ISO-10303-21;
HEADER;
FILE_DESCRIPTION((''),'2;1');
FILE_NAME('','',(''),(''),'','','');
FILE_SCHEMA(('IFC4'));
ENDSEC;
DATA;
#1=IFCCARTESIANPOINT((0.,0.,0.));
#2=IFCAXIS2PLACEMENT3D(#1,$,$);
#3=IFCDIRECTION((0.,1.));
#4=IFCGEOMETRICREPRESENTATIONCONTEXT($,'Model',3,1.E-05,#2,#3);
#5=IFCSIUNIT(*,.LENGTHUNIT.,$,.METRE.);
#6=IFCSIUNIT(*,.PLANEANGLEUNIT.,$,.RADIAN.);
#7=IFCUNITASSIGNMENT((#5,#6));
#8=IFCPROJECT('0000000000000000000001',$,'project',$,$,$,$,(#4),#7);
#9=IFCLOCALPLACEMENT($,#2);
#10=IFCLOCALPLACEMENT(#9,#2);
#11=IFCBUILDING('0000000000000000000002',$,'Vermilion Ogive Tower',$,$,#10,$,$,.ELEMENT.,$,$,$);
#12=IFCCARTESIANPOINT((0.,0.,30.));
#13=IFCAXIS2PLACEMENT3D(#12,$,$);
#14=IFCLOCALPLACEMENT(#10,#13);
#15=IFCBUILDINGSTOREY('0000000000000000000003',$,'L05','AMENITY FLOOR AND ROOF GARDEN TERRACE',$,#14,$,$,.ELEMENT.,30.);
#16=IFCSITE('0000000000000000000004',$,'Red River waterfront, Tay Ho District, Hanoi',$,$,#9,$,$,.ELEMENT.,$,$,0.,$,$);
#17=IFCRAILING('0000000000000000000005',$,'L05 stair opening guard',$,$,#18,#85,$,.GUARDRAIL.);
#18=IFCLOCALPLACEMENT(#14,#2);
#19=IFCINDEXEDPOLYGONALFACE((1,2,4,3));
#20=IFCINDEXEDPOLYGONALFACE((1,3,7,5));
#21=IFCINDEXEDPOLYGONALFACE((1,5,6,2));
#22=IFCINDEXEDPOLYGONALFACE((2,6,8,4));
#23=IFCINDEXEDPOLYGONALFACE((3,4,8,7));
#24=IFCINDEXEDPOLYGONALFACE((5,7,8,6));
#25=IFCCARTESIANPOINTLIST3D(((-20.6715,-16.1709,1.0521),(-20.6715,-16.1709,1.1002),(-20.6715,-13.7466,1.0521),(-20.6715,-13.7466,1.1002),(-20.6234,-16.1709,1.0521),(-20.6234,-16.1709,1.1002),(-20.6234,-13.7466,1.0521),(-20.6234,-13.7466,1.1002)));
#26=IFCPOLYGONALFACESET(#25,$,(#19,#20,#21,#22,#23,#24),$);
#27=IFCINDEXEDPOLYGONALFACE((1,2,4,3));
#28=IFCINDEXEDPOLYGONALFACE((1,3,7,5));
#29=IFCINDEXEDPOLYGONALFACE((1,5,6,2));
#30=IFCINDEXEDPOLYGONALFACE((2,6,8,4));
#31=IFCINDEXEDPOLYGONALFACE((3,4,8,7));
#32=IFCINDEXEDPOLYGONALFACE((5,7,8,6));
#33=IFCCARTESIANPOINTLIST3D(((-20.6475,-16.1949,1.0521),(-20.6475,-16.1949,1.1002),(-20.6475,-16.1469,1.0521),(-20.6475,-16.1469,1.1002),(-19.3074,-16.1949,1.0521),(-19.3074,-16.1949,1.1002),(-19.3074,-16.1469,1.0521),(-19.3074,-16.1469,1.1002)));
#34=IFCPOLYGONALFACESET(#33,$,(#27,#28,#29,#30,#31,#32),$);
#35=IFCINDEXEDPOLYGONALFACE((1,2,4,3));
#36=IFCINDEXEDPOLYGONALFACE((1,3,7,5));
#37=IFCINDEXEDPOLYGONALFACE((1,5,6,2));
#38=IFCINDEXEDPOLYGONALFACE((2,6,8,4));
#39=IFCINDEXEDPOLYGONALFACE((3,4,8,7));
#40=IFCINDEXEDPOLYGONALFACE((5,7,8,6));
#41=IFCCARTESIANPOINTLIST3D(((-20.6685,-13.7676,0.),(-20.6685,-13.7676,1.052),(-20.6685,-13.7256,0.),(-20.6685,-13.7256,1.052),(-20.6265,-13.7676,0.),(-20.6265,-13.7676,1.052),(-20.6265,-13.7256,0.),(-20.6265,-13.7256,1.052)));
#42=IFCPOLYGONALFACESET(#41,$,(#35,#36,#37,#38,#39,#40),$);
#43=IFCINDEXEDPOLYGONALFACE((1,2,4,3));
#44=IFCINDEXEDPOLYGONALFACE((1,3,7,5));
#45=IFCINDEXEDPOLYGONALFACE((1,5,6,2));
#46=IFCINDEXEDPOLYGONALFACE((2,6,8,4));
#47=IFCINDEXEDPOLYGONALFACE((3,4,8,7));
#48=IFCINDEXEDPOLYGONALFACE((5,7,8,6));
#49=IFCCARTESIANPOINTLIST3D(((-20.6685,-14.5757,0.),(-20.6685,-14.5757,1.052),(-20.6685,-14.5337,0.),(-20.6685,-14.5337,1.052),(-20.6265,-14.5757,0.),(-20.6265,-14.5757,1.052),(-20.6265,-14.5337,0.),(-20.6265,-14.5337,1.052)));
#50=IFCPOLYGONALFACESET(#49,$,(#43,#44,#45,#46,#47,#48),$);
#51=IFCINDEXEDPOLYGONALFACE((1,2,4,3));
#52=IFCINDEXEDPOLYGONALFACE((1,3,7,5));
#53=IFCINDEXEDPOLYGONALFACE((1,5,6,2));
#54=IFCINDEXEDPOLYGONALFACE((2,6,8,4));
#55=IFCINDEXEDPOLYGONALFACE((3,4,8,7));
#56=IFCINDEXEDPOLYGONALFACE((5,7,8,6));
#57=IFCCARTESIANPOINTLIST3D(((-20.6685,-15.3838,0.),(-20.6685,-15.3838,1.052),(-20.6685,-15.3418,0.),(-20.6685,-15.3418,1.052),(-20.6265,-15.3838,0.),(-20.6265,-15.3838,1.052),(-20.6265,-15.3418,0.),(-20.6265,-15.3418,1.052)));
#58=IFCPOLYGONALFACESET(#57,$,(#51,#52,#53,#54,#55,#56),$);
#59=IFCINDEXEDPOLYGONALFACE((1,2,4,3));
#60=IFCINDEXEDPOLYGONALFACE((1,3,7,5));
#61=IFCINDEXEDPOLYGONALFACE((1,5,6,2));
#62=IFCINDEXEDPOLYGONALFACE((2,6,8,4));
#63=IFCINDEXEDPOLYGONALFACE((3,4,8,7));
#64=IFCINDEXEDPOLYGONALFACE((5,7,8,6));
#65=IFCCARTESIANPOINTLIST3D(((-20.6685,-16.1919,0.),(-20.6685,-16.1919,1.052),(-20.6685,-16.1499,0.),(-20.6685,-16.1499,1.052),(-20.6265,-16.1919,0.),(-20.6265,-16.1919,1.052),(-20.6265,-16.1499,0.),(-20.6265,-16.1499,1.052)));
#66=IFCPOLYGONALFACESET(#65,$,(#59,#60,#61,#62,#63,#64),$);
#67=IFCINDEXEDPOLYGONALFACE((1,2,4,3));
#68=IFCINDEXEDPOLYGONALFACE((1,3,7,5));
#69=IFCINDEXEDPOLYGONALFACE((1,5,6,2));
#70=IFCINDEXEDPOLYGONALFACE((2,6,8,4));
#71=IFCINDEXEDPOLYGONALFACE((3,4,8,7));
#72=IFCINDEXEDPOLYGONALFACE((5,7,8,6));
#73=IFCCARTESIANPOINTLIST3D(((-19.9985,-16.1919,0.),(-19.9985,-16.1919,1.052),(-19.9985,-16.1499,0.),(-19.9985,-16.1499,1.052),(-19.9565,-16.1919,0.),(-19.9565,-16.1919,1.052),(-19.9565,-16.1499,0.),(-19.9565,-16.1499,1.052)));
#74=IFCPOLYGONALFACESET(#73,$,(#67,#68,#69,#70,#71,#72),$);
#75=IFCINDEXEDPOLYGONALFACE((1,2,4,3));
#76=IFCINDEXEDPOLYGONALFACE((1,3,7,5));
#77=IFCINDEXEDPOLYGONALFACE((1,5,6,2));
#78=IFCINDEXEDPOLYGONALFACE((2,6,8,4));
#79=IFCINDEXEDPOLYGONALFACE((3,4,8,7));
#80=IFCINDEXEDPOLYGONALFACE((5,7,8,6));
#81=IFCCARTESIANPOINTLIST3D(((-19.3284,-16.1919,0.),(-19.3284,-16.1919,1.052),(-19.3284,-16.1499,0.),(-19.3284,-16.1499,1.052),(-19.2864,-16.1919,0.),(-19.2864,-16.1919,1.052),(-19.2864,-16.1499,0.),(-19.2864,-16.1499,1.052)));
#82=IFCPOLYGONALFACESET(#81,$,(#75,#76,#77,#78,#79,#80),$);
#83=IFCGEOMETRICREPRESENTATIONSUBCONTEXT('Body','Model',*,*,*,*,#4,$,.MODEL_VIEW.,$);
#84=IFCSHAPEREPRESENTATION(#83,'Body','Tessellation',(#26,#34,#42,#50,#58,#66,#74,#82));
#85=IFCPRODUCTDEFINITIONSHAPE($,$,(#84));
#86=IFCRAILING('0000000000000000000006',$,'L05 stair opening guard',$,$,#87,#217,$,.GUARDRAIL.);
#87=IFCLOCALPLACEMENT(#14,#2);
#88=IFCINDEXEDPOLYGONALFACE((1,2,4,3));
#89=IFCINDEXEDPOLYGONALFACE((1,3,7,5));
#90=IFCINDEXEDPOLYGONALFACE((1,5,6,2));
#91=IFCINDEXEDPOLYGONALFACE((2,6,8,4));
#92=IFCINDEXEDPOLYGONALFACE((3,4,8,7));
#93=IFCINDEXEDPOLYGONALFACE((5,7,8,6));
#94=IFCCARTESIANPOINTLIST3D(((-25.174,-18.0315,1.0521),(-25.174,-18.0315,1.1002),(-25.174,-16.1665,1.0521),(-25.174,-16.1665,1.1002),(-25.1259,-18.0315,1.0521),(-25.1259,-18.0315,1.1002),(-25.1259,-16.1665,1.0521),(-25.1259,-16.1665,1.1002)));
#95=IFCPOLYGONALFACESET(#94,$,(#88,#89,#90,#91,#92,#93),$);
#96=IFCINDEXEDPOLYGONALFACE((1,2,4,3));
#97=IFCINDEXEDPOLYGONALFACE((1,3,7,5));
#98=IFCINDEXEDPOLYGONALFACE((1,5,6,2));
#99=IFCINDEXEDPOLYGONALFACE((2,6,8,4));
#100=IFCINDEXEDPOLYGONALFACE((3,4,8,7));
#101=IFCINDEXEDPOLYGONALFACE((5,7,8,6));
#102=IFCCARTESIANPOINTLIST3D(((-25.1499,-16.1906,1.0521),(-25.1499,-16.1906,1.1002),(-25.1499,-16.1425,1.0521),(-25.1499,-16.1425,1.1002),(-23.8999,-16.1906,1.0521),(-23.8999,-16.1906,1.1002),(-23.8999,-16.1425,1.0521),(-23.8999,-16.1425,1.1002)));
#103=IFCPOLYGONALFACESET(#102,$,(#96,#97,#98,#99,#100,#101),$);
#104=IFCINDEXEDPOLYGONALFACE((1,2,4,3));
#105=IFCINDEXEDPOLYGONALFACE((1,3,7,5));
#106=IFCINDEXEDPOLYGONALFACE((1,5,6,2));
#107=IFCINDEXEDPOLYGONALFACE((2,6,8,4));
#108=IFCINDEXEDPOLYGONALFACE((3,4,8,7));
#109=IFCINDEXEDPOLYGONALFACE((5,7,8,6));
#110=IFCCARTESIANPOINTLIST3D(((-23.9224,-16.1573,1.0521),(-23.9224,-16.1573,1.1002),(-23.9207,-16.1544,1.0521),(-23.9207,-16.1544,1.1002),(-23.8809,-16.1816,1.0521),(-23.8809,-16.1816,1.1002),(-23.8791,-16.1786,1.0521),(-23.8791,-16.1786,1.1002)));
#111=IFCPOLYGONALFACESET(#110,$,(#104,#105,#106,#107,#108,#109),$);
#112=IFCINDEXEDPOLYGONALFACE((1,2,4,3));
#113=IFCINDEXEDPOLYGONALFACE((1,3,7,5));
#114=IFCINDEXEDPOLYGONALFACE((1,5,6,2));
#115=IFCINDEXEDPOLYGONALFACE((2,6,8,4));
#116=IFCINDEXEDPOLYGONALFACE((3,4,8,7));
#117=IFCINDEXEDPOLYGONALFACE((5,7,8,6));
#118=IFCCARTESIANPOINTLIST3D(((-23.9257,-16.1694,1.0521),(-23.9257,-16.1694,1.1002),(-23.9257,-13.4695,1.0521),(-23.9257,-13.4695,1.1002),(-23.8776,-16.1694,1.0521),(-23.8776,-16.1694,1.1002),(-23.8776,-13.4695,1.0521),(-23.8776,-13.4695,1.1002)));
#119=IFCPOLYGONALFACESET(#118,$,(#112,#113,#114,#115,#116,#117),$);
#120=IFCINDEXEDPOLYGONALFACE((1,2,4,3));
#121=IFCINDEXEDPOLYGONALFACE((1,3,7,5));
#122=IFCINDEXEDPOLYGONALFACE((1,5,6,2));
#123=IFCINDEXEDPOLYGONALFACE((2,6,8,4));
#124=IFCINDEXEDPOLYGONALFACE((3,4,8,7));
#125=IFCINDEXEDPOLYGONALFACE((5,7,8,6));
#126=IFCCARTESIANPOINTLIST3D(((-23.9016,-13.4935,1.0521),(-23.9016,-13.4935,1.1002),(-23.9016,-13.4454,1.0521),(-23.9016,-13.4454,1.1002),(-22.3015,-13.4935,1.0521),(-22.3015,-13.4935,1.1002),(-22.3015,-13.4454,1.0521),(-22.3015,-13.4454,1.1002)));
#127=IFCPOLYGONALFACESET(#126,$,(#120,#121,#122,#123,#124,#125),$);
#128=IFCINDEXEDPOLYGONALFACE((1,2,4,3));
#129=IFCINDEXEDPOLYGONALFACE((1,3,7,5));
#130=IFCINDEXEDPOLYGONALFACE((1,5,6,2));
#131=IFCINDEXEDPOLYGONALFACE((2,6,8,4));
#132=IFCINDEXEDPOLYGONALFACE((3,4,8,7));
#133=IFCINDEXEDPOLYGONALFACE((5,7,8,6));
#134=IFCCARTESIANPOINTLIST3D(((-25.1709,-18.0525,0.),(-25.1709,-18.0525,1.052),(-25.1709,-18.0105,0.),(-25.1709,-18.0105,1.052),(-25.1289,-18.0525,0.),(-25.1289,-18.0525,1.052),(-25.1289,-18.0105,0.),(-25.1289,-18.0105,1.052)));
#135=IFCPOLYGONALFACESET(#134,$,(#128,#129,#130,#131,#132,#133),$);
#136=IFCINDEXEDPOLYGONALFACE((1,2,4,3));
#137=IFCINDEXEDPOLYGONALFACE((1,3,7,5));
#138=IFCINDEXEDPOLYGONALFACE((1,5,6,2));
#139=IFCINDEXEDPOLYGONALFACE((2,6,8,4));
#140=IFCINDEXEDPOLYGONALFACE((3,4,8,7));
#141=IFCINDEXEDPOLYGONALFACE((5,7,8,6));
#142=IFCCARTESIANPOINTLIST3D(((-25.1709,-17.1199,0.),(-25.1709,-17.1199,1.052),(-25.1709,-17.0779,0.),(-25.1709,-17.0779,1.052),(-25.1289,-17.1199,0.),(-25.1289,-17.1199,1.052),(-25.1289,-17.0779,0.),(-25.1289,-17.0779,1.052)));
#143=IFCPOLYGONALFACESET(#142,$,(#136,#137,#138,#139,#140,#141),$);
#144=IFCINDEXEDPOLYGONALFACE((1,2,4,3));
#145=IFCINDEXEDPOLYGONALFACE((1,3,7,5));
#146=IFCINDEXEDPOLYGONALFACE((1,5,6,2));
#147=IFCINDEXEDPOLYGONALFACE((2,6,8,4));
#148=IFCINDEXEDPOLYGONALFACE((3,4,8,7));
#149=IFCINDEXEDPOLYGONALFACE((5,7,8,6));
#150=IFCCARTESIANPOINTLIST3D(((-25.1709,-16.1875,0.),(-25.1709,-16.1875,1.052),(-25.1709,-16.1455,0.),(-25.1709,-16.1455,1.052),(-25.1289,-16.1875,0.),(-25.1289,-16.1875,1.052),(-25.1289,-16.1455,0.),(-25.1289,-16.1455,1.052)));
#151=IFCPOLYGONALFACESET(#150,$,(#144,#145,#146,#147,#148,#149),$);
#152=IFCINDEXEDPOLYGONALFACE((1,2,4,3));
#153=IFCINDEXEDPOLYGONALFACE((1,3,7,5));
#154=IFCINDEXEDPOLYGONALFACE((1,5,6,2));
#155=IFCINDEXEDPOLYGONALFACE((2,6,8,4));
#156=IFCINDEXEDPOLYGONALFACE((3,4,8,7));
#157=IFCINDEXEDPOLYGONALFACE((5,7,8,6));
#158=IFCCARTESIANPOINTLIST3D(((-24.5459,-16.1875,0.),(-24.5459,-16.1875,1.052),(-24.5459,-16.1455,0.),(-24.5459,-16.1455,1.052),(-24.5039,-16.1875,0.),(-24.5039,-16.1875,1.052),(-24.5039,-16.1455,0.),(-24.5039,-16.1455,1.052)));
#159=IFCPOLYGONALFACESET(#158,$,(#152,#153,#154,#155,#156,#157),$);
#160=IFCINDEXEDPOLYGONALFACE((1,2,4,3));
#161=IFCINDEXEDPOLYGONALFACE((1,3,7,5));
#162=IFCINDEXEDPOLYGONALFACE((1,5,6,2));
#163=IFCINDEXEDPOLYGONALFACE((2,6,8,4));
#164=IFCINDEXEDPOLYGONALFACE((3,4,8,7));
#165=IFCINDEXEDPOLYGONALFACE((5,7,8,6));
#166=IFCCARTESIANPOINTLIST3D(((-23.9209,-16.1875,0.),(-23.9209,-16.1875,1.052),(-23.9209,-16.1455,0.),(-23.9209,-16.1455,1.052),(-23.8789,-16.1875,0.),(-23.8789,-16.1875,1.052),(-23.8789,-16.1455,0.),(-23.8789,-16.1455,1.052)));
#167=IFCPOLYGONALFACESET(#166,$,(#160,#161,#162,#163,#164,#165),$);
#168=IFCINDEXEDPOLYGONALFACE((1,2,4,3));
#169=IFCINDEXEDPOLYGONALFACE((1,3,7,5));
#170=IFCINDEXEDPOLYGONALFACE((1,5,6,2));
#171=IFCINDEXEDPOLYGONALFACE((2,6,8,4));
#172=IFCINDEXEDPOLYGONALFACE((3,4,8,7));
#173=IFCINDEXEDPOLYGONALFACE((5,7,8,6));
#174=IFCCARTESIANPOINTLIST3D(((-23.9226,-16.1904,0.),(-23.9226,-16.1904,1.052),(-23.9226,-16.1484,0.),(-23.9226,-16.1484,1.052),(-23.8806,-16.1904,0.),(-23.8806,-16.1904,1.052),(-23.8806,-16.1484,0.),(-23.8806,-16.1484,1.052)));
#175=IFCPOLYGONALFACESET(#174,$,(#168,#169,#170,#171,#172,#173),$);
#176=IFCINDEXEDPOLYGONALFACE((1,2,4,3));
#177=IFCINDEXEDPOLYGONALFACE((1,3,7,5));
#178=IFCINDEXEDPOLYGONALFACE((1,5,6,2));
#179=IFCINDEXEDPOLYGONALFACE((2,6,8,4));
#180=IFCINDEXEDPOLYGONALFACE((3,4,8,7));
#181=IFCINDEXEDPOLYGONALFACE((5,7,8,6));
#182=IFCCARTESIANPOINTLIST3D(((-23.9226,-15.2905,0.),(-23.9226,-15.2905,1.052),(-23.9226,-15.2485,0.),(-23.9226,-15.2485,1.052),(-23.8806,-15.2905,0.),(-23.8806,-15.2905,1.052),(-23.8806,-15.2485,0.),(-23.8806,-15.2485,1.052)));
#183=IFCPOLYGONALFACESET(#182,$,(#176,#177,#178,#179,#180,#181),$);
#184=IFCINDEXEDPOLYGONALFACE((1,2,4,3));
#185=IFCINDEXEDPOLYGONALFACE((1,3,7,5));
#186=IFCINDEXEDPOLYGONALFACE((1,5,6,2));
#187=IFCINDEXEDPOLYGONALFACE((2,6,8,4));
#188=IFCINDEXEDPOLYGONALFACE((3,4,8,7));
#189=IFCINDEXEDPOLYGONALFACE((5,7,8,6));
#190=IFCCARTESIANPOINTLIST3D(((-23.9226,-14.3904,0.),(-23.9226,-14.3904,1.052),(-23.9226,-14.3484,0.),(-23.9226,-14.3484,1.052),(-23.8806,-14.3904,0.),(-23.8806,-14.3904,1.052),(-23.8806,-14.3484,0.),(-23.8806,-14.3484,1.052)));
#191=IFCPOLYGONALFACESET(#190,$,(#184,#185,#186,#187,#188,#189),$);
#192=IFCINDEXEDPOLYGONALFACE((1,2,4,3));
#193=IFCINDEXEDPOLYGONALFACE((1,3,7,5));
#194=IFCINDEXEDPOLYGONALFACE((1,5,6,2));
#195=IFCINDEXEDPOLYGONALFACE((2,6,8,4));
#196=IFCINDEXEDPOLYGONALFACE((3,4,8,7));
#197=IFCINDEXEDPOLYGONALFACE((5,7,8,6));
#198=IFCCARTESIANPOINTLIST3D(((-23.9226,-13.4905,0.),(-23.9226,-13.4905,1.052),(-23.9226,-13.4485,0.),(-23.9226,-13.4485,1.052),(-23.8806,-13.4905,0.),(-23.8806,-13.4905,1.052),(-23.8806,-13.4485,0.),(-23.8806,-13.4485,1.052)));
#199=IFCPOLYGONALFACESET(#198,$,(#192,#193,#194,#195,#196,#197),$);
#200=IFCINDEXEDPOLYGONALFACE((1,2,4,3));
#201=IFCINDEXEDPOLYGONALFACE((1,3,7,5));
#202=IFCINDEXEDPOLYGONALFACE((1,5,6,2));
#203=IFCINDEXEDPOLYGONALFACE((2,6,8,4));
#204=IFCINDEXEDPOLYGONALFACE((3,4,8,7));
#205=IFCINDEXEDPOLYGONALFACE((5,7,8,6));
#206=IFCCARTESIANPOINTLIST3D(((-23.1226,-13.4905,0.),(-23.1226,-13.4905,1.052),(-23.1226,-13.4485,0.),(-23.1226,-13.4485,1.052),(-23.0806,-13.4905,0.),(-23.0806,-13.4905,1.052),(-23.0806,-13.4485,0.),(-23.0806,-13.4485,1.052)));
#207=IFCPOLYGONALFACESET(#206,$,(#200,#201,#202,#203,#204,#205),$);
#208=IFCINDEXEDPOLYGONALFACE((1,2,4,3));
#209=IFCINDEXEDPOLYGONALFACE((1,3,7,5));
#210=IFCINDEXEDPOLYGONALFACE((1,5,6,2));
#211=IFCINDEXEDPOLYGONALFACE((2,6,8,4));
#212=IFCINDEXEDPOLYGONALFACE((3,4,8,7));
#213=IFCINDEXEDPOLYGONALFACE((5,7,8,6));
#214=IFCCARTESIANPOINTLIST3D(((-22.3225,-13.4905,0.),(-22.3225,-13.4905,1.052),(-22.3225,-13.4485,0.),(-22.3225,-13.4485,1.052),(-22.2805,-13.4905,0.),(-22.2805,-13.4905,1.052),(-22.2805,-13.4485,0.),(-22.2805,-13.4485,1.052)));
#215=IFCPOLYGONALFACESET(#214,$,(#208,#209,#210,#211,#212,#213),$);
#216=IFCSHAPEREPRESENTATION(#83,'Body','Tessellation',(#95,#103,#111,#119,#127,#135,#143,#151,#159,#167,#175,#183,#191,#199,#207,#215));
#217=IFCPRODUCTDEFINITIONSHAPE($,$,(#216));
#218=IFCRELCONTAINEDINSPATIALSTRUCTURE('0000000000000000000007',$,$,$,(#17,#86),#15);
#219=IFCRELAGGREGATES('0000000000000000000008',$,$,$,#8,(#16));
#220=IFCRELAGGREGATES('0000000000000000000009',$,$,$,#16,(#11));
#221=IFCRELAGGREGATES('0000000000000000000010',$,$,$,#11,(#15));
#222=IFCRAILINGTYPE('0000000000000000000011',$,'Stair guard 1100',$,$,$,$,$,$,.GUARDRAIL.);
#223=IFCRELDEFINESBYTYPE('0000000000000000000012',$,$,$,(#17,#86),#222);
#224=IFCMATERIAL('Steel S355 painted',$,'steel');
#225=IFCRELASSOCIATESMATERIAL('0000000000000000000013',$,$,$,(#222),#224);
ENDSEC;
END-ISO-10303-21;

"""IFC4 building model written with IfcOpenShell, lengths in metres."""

from ifc_helpers import new_model, si_unit, direction, frame, origin, origin_2d, place, context, subcontext, project, spatial, rectangle, extrude, material, type_object, element, save


model = new_model("IFC4")

# Units and contexts
model_context = context("Model", 3, precision=1e-05, world=origin(), true_north=direction((0.0, 1.0)))
body_context = subcontext(model_context, "Body", "Model", "MODEL_VIEW")
ifc_project = project(units=[si_unit("LENGTHUNIT", "METRE"), si_unit("PLANEANGLEUNIT", "RADIAN")], contexts=[model_context])

# Site, building, storey
site_placement = place(None, origin())
site = spatial("IfcSite", under=ifc_project, at=site_placement, Name="Red River waterfront, Tay Ho District, Hanoi", CompositionType="ELEMENT", RefElevation=0.0)
building_placement = place(site_placement, origin())
building = spatial("IfcBuilding", under=site, at=building_placement, Name="Vermilion Ogive Tower", CompositionType="ELEMENT")
storey_placement = place(building_placement, frame((0.0, 0.0, 30.0)))
storey = spatial("IfcBuildingStorey", under=building, at=storey_placement, Name="L05", Description="AMENITY FLOOR AND ROOF GARDEN TERRACE", CompositionType="ELEMENT", Elevation=30.0)

# Railings
ifc_material_1 = material(Name="Steel S355 painted", Category="steel")
railing_type_1 = type_object("IfcRailingType", Name="Stair guard 1100", PredefinedType="GUARDRAIL", material=ifc_material_1)
railing_1_placement = place(storey_placement, frame((-20.6475, -13.7466, 0.0)))
element("IfcRailing", 1, at=railing_1_placement, inside=storey, type_object=railing_type_1, Name="L05 stair opening guard", PredefinedType="GUARDRAIL", context=body_context, shape_type="SweptSolid", body=[
    extrude(rectangle(XDim=0.0481, YDim=0.0481, at=origin_2d()), frame((0.0, 0.0, 1.0762), z_axis=(0.0, -1.0, 0.0), x_axis=(1.0, 0.0, 0.0)), (0.0, 0.0, 1.0), 2.4243),
    extrude(rectangle(XDim=0.0481, YDim=0.0481, at=origin_2d()), frame((0.0, -2.4243, 1.0762), z_axis=(1.0, 0.0, 0.0), x_axis=(0.0, 1.0, 0.0)), (0.0, 0.0, 1.0), 1.3401),
    extrude(rectangle(XDim=0.042, YDim=0.042, at=origin_2d()), origin(), (0.0, 0.0, 1.0), 1.052),
    extrude(rectangle(XDim=0.042, YDim=0.042, at=origin_2d()), frame((0.0, -0.8081, 0.0)), (0.0, 0.0, 1.0), 1.052),
    extrude(rectangle(XDim=0.042, YDim=0.042, at=origin_2d()), frame((0.0, -1.6162, 0.0)), (0.0, 0.0, 1.0), 1.052),
    extrude(rectangle(XDim=0.042, YDim=0.042, at=origin_2d()), frame((0.0, -2.4243, 0.0)), (0.0, 0.0, 1.0), 1.052),
    extrude(rectangle(XDim=0.042, YDim=0.042, at=origin_2d()), frame((0.6699, -2.4243, 0.0)), (0.0, 0.0, 1.0), 1.052),
    extrude(rectangle(XDim=0.042, YDim=0.042, at=origin_2d()), frame((1.3401, -2.4243, 0.0)), (0.0, 0.0, 1.0), 1.052),
])
railing_2_placement = place(storey_placement, frame((-25.1499, -18.0315, 0.0)))
element("IfcRailing", 2, at=railing_2_placement, inside=storey, type_object=railing_type_1, Name="L05 stair opening guard", PredefinedType="GUARDRAIL", context=body_context, shape_type="SweptSolid", body=[
    extrude(rectangle(XDim=0.0481, YDim=0.0481, at=origin_2d()), frame((0.0, 0.0, 1.0762), z_axis=(0.0, 1.0, 0.0), x_axis=(-1.0, 0.0, 0.0)), (0.0, 0.0, 1.0), 1.865),
    extrude(rectangle(XDim=0.0481, YDim=0.0481, at=origin_2d()), frame((0.0, 1.865, 1.0762), z_axis=(1.0, 0.0, 0.0), x_axis=(0.0, 1.0, 0.0)), (0.0, 0.0, 1.0), 1.25),
    extrude(rectangle(XDim=0.0481, YDim=0.0481, at=origin_2d()), frame((1.25, 1.865, 1.0762), z_axis=(-0.503871, -0.863779, 0.0), x_axis=(0.863779, -0.503871, 0.0)), (0.0, 0.0, 1.0), 0.0034),
    extrude(rectangle(XDim=0.0481, YDim=0.0481, at=origin_2d()), frame((1.2483, 1.8621, 1.0762), z_axis=(0.0, 1.0, 0.0), x_axis=(-1.0, 0.0, 0.0)), (0.0, 0.0, 1.0), 2.7),
    extrude(rectangle(XDim=0.0481, YDim=0.0481, at=origin_2d()), frame((1.2483, 4.562, 1.0762), z_axis=(1.0, 0.0, 0.0), x_axis=(0.0, 1.0, 0.0)), (0.0, 0.0, 1.0), 1.6001),
    extrude(rectangle(XDim=0.042, YDim=0.042, at=origin_2d()), origin(), (0.0, 0.0, 1.0), 1.052),
    extrude(rectangle(XDim=0.042, YDim=0.042, at=origin_2d()), frame((0.0, 0.9326, 0.0)), (0.0, 0.0, 1.0), 1.052),
    extrude(rectangle(XDim=0.042, YDim=0.042, at=origin_2d()), frame((0.0, 1.865, 0.0)), (0.0, 0.0, 1.0), 1.052),
    extrude(rectangle(XDim=0.042, YDim=0.042, at=origin_2d()), frame((0.625, 1.865, 0.0)), (0.0, 0.0, 1.0), 1.052),
    extrude(rectangle(XDim=0.042, YDim=0.042, at=origin_2d()), frame((1.25, 1.865, 0.0)), (0.0, 0.0, 1.0), 1.052),
    extrude(rectangle(XDim=0.042, YDim=0.042, at=origin_2d()), frame((1.2483, 1.8621, 0.0)), (0.0, 0.0, 1.0), 1.052),
    extrude(rectangle(XDim=0.042, YDim=0.042, at=origin_2d()), frame((1.2483, 2.762, 0.0)), (0.0, 0.0, 1.0), 1.052),
    extrude(rectangle(XDim=0.042, YDim=0.042, at=origin_2d()), frame((1.2483, 3.6621, 0.0)), (0.0, 0.0, 1.0), 1.052),
    extrude(rectangle(XDim=0.042, YDim=0.042, at=origin_2d()), frame((1.2483, 4.562, 0.0)), (0.0, 0.0, 1.0), 1.052),
    extrude(rectangle(XDim=0.042, YDim=0.042, at=origin_2d()), frame((2.0483, 4.562, 0.0)), (0.0, 0.0, 1.0), 1.052),
    extrude(rectangle(XDim=0.042, YDim=0.042, at=origin_2d()), frame((2.8484, 4.562, 0.0)), (0.0, 0.0, 1.0), 1.052),
])

save(model, "model.ifc")
